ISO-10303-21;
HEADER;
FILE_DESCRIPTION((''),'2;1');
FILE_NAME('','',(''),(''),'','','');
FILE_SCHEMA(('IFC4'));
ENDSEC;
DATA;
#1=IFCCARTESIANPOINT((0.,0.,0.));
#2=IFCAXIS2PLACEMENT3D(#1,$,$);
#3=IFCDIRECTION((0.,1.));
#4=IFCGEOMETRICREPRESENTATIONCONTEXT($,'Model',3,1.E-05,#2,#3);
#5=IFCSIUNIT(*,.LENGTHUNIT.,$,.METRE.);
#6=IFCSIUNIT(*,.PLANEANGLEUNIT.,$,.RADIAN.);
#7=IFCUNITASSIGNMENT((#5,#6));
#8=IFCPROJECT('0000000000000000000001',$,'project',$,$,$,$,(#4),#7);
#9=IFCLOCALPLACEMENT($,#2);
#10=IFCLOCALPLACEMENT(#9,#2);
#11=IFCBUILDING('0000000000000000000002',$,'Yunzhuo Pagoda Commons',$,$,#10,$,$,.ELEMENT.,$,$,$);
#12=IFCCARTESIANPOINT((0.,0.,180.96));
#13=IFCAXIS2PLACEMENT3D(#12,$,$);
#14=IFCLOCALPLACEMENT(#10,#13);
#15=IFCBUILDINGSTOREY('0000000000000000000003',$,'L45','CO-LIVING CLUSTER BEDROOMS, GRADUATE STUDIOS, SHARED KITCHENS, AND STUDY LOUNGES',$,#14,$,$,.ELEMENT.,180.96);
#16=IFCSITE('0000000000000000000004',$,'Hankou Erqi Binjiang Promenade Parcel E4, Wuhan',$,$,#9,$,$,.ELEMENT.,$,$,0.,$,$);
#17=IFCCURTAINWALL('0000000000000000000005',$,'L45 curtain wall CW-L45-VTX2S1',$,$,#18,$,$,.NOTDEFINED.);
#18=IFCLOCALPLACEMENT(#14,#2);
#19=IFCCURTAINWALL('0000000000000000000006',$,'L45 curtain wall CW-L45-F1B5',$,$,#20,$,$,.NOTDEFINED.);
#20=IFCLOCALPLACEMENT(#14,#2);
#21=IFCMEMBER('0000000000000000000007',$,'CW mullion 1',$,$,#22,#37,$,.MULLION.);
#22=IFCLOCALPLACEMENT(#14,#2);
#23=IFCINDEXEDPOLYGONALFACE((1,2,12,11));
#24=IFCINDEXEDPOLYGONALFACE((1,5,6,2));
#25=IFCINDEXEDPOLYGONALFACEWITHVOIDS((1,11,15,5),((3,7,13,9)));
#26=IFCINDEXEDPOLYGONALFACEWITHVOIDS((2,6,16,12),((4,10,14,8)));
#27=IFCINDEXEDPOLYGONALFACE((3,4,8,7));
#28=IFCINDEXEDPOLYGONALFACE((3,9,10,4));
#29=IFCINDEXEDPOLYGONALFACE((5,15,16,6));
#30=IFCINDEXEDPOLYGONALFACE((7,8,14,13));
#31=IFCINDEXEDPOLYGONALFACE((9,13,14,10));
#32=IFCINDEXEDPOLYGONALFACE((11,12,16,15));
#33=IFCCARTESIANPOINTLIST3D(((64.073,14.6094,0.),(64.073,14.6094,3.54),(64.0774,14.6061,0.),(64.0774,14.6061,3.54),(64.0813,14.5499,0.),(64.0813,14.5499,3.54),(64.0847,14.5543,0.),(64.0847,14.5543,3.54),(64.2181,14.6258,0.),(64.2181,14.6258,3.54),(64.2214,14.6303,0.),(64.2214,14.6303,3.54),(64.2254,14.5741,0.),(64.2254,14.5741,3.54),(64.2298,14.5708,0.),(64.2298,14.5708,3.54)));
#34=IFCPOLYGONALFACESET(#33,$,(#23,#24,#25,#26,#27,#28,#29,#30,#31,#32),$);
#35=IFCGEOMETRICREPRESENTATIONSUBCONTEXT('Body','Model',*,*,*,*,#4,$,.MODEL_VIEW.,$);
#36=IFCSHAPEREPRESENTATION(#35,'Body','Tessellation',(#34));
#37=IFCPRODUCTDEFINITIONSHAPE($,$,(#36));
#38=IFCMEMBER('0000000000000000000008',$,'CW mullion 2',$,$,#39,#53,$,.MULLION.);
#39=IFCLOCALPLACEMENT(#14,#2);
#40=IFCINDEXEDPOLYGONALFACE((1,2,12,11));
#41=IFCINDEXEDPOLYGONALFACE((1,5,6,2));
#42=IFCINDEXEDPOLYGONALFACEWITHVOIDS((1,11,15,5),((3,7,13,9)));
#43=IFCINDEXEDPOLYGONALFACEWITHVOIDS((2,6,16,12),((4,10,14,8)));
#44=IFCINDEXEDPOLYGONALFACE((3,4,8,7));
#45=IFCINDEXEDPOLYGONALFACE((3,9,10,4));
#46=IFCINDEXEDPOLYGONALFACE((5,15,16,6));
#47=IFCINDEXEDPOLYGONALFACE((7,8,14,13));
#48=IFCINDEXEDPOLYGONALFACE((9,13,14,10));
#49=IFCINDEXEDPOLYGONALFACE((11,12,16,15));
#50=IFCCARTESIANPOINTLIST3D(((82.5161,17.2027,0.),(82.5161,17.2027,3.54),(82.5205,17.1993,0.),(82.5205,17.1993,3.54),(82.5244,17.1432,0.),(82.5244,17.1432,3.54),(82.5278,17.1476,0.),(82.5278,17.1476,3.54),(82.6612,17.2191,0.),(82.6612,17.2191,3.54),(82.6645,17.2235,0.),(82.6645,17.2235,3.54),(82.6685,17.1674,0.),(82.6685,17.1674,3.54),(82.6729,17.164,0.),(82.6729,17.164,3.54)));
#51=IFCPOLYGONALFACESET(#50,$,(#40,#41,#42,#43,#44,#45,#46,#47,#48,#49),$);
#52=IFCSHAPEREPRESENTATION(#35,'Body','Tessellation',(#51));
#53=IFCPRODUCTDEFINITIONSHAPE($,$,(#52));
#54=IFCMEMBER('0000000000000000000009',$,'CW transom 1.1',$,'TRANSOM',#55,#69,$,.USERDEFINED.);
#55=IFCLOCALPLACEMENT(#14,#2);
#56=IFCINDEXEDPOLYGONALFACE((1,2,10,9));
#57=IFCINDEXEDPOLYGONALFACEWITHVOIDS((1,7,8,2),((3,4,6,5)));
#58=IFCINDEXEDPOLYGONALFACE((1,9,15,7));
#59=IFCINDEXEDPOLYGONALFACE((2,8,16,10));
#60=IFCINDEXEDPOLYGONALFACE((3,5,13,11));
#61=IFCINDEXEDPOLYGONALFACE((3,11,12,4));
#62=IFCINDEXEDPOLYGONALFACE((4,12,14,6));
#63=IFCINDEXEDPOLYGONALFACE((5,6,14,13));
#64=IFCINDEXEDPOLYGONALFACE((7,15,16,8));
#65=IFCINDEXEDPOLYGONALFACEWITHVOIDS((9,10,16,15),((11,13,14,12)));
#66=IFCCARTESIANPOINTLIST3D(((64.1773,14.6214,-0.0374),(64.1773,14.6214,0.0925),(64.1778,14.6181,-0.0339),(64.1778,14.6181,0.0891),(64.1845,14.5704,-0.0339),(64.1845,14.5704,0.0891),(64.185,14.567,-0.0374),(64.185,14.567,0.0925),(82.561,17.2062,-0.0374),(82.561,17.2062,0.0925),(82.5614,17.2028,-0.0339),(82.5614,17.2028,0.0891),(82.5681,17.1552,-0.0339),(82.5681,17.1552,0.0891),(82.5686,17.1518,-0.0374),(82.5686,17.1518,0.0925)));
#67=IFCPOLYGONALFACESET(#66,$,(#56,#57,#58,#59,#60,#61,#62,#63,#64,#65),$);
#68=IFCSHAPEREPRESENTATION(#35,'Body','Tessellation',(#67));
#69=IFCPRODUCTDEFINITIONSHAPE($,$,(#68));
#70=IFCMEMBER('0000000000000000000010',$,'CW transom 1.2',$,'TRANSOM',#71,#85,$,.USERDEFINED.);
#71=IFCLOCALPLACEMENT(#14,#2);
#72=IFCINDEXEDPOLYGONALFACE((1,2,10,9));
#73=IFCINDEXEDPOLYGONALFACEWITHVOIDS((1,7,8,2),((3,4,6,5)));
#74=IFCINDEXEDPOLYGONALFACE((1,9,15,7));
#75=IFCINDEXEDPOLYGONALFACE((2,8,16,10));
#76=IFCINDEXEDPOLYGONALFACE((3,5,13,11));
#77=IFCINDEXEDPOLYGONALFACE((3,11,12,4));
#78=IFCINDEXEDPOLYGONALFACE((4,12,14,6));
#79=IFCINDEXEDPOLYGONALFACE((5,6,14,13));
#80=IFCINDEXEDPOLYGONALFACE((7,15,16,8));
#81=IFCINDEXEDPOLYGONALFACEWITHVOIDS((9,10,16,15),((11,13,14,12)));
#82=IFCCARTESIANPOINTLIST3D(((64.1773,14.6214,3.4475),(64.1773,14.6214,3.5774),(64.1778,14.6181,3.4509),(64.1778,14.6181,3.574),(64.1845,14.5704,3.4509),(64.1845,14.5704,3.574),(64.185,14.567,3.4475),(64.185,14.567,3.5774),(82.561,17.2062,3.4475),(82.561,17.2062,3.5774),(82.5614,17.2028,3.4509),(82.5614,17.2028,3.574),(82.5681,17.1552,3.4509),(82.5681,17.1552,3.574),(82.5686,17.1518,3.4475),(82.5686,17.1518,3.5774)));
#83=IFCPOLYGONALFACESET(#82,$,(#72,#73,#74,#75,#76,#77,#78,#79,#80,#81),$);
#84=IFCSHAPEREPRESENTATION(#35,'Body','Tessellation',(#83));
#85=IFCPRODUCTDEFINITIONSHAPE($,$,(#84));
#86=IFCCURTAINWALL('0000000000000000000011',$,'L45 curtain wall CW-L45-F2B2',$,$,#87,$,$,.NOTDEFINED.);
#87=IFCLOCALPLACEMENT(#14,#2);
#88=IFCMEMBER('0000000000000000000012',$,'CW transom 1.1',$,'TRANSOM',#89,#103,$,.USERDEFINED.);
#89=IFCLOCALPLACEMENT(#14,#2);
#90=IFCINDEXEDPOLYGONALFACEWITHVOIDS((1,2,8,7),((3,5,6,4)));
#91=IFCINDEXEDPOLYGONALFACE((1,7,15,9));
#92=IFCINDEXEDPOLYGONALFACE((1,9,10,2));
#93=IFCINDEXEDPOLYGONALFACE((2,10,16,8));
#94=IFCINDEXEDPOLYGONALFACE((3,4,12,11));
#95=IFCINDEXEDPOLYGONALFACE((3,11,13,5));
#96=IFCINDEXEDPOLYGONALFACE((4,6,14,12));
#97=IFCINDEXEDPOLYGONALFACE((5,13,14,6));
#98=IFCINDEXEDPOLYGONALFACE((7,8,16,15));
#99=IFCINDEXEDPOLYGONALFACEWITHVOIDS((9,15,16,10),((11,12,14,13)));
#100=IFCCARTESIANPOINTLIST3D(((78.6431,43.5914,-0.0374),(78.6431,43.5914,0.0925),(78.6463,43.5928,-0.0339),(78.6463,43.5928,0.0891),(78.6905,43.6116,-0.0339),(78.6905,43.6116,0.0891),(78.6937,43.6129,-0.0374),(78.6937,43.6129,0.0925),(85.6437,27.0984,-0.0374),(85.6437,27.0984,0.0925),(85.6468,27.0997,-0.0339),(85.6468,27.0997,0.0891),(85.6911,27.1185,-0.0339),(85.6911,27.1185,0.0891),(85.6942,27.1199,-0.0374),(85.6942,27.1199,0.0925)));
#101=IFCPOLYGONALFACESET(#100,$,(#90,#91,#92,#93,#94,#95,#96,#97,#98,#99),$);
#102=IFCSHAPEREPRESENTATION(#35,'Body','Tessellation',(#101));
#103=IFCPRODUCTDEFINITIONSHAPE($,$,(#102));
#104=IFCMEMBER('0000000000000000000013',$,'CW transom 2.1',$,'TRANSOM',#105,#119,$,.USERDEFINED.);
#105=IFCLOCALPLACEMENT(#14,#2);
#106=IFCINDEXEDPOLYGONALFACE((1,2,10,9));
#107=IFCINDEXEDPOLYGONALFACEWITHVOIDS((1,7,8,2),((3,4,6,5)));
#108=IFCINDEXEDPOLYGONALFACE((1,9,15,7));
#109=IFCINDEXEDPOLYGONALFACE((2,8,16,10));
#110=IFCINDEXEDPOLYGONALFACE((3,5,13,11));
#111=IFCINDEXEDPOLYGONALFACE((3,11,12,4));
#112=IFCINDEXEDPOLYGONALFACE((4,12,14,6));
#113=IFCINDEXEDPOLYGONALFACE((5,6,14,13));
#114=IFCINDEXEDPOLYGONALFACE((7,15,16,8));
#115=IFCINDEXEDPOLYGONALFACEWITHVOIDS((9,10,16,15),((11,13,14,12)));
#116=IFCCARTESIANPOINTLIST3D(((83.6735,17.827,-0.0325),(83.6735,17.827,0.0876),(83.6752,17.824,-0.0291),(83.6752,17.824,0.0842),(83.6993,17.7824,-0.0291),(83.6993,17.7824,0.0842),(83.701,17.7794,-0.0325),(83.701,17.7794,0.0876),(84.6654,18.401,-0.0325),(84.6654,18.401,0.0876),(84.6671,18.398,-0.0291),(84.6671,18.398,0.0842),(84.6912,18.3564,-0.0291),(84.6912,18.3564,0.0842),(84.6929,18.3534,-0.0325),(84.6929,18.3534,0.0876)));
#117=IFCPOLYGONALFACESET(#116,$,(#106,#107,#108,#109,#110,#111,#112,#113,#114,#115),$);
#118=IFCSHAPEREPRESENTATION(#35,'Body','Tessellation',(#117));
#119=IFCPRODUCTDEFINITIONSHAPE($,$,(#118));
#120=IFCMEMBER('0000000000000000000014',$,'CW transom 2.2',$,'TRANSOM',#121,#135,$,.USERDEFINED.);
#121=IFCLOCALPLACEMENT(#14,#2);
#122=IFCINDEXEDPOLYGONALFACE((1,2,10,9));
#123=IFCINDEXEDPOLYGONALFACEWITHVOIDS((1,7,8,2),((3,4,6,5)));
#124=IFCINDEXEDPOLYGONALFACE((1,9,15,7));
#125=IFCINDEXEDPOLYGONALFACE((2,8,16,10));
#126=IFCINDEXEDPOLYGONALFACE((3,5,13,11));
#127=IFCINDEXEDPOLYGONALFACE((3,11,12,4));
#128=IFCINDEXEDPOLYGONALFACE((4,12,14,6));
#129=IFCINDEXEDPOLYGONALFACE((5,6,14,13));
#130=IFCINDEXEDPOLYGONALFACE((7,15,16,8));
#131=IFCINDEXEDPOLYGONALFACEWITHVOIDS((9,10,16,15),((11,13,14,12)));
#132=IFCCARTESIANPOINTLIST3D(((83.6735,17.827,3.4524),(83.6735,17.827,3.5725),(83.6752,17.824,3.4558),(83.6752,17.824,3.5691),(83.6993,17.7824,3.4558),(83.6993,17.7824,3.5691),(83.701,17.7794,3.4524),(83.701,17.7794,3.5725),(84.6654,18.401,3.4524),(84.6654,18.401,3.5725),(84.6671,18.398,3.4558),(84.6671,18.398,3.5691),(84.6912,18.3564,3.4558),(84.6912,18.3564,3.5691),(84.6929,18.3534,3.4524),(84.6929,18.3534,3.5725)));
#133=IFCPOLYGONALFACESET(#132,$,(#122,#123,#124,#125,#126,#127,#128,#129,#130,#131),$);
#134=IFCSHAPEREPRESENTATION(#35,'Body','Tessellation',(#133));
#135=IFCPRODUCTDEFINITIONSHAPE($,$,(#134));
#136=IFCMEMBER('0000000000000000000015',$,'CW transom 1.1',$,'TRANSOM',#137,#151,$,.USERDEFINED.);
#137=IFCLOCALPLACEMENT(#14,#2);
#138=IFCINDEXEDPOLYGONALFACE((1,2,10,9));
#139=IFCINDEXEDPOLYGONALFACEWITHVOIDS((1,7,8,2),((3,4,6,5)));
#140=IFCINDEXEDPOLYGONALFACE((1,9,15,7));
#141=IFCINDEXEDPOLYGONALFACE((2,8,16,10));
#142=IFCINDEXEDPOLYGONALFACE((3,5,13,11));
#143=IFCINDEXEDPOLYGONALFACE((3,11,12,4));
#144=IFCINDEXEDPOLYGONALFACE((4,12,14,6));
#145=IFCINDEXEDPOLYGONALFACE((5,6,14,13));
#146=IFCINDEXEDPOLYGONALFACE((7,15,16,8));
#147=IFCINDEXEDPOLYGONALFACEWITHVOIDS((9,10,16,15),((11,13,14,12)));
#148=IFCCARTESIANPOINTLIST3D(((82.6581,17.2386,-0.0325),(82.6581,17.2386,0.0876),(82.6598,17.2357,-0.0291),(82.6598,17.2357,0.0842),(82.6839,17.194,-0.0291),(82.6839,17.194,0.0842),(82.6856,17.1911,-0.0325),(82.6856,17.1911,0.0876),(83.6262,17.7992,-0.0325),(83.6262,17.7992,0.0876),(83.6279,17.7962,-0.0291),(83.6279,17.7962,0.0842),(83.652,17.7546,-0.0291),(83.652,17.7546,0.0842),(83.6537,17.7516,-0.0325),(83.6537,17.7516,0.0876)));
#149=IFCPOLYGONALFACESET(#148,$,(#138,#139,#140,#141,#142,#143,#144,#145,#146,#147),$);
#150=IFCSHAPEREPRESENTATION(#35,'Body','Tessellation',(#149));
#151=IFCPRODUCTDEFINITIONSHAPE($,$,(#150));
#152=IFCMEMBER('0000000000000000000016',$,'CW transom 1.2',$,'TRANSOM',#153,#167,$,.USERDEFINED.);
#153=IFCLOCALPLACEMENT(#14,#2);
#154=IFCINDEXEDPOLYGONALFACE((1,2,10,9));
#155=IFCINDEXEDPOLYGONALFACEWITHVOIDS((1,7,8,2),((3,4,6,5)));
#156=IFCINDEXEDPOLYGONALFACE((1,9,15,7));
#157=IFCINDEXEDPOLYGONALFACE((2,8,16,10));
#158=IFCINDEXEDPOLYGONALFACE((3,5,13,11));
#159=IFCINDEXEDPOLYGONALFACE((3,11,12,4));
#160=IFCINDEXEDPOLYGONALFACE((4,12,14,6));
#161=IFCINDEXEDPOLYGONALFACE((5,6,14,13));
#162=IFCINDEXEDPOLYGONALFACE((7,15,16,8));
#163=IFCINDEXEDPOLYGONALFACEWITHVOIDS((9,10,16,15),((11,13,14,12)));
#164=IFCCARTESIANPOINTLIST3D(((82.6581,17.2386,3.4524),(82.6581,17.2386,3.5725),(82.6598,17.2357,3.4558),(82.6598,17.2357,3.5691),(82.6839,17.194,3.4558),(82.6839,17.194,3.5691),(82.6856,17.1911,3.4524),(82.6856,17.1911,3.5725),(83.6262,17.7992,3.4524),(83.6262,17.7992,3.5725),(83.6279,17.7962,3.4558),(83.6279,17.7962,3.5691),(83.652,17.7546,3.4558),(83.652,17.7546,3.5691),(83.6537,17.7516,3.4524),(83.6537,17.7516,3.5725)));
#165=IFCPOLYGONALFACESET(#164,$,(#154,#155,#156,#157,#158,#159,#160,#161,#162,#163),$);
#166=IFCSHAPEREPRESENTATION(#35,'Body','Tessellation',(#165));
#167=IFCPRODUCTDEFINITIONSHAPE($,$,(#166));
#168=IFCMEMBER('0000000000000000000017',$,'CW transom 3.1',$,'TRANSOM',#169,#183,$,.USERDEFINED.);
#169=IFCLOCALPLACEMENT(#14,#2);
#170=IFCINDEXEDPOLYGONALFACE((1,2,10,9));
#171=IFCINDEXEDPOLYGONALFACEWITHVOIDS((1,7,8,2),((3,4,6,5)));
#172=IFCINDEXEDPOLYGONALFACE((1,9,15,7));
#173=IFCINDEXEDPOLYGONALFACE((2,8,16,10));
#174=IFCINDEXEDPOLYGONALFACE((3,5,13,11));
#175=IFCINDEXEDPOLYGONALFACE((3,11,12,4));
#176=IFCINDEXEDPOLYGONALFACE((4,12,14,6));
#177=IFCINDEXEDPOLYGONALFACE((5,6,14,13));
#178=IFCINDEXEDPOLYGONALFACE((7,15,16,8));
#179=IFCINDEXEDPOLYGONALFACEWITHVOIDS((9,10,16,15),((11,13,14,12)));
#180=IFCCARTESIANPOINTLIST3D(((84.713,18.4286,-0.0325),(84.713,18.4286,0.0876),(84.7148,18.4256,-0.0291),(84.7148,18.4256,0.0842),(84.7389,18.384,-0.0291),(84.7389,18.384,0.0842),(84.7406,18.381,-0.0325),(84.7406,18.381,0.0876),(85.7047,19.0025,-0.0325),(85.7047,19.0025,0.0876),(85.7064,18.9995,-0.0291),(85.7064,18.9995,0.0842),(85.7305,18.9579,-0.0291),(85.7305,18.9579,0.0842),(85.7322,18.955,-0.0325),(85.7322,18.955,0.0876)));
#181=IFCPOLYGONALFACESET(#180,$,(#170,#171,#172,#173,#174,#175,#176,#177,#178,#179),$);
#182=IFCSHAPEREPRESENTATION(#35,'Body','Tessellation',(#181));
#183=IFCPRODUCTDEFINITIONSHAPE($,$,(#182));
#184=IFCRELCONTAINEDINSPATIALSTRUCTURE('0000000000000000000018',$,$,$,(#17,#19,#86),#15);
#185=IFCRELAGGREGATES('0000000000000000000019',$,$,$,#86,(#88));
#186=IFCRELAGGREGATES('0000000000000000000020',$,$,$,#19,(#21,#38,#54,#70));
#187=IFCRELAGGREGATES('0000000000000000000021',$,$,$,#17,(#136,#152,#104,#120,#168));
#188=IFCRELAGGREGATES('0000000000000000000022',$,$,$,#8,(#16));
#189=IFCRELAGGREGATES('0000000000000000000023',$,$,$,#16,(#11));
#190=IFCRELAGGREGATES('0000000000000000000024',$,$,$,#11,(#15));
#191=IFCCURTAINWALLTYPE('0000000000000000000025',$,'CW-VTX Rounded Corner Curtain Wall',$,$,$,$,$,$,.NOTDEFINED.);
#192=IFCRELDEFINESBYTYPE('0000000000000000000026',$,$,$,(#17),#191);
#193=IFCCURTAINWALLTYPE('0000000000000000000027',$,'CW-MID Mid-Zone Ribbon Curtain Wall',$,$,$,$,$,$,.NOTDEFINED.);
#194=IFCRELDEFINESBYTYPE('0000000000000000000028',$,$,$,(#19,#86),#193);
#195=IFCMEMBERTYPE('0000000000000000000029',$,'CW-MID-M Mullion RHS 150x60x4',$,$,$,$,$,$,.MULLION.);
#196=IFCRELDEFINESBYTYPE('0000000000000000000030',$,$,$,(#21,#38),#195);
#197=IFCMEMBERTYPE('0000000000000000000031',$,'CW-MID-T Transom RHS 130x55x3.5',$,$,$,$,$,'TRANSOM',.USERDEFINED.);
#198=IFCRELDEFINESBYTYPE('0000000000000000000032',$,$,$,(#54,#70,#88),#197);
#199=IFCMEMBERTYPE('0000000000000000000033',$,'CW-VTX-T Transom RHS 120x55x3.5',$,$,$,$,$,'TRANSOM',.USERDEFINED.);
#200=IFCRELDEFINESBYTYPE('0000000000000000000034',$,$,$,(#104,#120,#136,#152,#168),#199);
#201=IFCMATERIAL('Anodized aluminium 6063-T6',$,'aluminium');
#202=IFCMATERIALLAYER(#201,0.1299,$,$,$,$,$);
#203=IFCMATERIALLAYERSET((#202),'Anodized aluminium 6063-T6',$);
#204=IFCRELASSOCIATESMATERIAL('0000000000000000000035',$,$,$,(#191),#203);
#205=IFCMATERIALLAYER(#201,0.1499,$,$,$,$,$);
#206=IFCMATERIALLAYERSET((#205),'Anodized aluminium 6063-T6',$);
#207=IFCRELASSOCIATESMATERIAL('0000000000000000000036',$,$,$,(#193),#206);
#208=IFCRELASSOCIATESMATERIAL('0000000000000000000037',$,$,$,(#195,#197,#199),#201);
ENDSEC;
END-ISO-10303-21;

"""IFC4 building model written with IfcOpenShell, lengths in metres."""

from ifc_helpers import new_model, si_unit, direction, frame, origin, origin_2d, place, context, subcontext, project, spatial, hollow_rectangle, extrude, source, transform, mapped, material, layer, layer_set, material_profile, profile_set, type_object, element, aggregate, save


model = new_model("IFC4")

# Units and contexts
model_context = context("Model", 3, precision=1e-05, world=origin(), true_north=direction((0.0, 1.0)))
body_context = subcontext(model_context, "Body", "Model", "MODEL_VIEW")
ifc_project = project(units=[si_unit("LENGTHUNIT", "METRE"), si_unit("PLANEANGLEUNIT", "RADIAN")], contexts=[model_context])

# Site, building, storey
site_placement = place(None, origin())
site = spatial("IfcSite", under=ifc_project, at=site_placement, Name="Hankou Erqi Binjiang Promenade Parcel E4, Wuhan", CompositionType="ELEMENT", RefElevation=0.0)
building_placement = place(site_placement, origin())
building = spatial("IfcBuilding", under=site, at=building_placement, Name="Yunzhuo Pagoda Commons", CompositionType="ELEMENT")
storey_placement = place(building_placement, frame((0.0, 0.0, 180.96)))
storey = spatial("IfcBuildingStorey", under=building, at=storey_placement, Name="L45", Description="CO-LIVING CLUSTER BEDROOMS, GRADUATE STUDIOS, SHARED KITCHENS, AND STUDY LOUNGES", CompositionType="ELEMENT", Elevation=180.96)

# Curtain wall
ifc_material_1 = material(Name="Anodized aluminium 6063-T6", Category="aluminium")
ifc_layer_1 = layer(ifc_material_1, 0.1299)
ifc_layer_set_1 = layer_set([ifc_layer_1], Name="Anodized aluminium 6063-T6")
curtain_wall_type_1 = type_object("IfcCurtainWallType", Name="CW-VTX Rounded Corner Curtain Wall", PredefinedType="NOTDEFINED", material=ifc_layer_set_1)
curtain_wall_1_placement = place(storey_placement, origin())
curtain_wall_1 = element("IfcCurtainWall", 1, at=curtain_wall_1_placement, inside=storey, type_object=curtain_wall_type_1, Name="L45 curtain wall CW-L45-VTX2S1", PredefinedType="NOTDEFINED")

# Shared definitions
ifc_layer_2 = layer(ifc_material_1, 0.1499)
ifc_layer_set_2 = layer_set([ifc_layer_2], Name="Anodized aluminium 6063-T6")
curtain_wall_type_2 = type_object("IfcCurtainWallType", Name="CW-MID Mid-Zone Ribbon Curtain Wall", PredefinedType="NOTDEFINED", material=ifc_layer_set_2)
ifc_material_profile_1 = material_profile(ifc_material_1, hollow_rectangle(XDim=0.0601, YDim=0.1499, WallThickness=0.0039, at=origin_2d()), Name="Anodized aluminium 6063-T6")
ifc_profile_set_1 = profile_set([ifc_material_profile_1], Name="Anodized aluminium 6063-T6")
member_type_1 = type_object("IfcMemberType", Name="CW-MID-M Mullion RHS 150x60x4", PredefinedType="MULLION", material=ifc_profile_set_1)
shared_shape_1 = source(origin(), body_context, "Body", "SweptSolid", [
    extrude(hollow_rectangle(XDim=0.0601, YDim=0.1499, WallThickness=0.0039, at=origin_2d()), origin(), (0.0, 0.0, 1.0), 3.54),
])

# Curtain wall, members
curtain_wall_2_placement = place(storey_placement, origin())
curtain_wall_2 = element("IfcCurtainWall", 2, at=curtain_wall_2_placement, inside=storey, type_object=curtain_wall_type_2, Name="L45 curtain wall CW-L45-F1B5", PredefinedType="NOTDEFINED")
member_1_placement = place(storey_placement, frame((64.1514, 14.5901, 0.0), z_axis=(0.0, 0.0, 1.0), x_axis=(-0.139233, 0.99026, 0.0)))
member_1 = element("IfcMember", 3, at=member_1_placement, type_object=member_type_1, Name="CW mullion 1", PredefinedType="MULLION", context=body_context, shape_type="MappedRepresentation", body=[
    mapped(shared_shape_1, transform((0.0, 0.0, 0.0), scale=1.0)),
])
member_2_placement = place(storey_placement, frame((82.5945, 17.1833, 0.0), z_axis=(0.0, 0.0, 1.0), x_axis=(-0.139233, 0.99026, 0.0)))
member_2 = element("IfcMember", 4, at=member_2_placement, type_object=member_type_1, Name="CW mullion 2", PredefinedType="MULLION", context=body_context, shape_type="MappedRepresentation", body=[
    mapped(shared_shape_1, transform((0.0, 0.0, 0.0), scale=1.0)),
])
ifc_material_profile_2 = material_profile(ifc_material_1, hollow_rectangle(XDim=0.0549, YDim=0.1299, WallThickness=0.0034, at=origin_2d()), Name="Anodized aluminium 6063-T6")
ifc_profile_set_2 = profile_set([ifc_material_profile_2], Name="Anodized aluminium 6063-T6")
member_type_2 = type_object("IfcMemberType", Name="CW-MID-T Transom RHS 130x55x3.5", ElementType="TRANSOM", PredefinedType="USERDEFINED", material=ifc_profile_set_2)
shared_shape_2 = source(origin(), body_context, "Body", "SweptSolid", [
    extrude(hollow_rectangle(XDim=0.0549, YDim=0.1299, WallThickness=0.0034, at=origin_2d()), origin(), (0.0, 0.0, 1.0), 18.5645),
])
member_3_placement = place(storey_placement, frame((64.1812, 14.5942, 0.0276), z_axis=(0.99026, 0.13923, 0.0), x_axis=(-0.13923, 0.99026, 0.0)))
member_3 = element("IfcMember", 5, at=member_3_placement, type_object=member_type_2, Name="CW transom 1.1", ObjectType="TRANSOM", PredefinedType="USERDEFINED", context=body_context, shape_type="MappedRepresentation", body=[
    mapped(shared_shape_2, transform((0.0, 0.0, 0.0), scale=1.0)),
])
member_4_placement = place(storey_placement, frame((64.1812, 14.5942, 3.5125), z_axis=(0.99026, 0.13923, 0.0), x_axis=(-0.13923, 0.99026, 0.0)))
member_4 = element("IfcMember", 6, at=member_4_placement, type_object=member_type_2, Name="CW transom 1.2", ObjectType="TRANSOM", PredefinedType="USERDEFINED", context=body_context, shape_type="MappedRepresentation", body=[
    mapped(shared_shape_2, transform((0.0, 0.0, 0.0), scale=1.0)),
])

# Curtain wall, member
curtain_wall_3_placement = place(storey_placement, origin())
curtain_wall_3 = element("IfcCurtainWall", 7, at=curtain_wall_3_placement, inside=storey, type_object=curtain_wall_type_2, Name="L45 curtain wall CW-L45-F2B2", PredefinedType="NOTDEFINED")
shared_shape_3 = source(origin(), body_context, "Body", "SweptSolid", [
    extrude(hollow_rectangle(XDim=0.0549, YDim=0.1299, WallThickness=0.0034, at=origin_2d()), origin(), (0.0, 0.0, 1.0), 17.9172),
])
member_5_placement = place(storey_placement, frame((85.6689, 27.1091, 0.0276), z_axis=(-0.390715, 0.920512, 0.0), x_axis=(-0.920512, -0.390715, 0.0)))
member_5 = element("IfcMember", 8, at=member_5_placement, type_object=member_type_2, Name="CW transom 1.1", ObjectType="TRANSOM", PredefinedType="USERDEFINED", context=body_context, shape_type="MappedRepresentation", body=[
    mapped(shared_shape_3, transform((0.0, 0.0, 0.0), scale=1.0)),
])
aggregate(curtain_wall_3, [member_5])

# Members
ifc_material_profile_3 = material_profile(ifc_material_1, hollow_rectangle(XDim=0.0549, YDim=0.1201, WallThickness=0.0034, at=origin_2d()), Name="Anodized aluminium 6063-T6")
ifc_profile_set_3 = profile_set([ifc_material_profile_3], Name="Anodized aluminium 6063-T6")
member_type_3 = type_object("IfcMemberType", Name="CW-VTX-T Transom RHS 120x55x3.5", ElementType="TRANSOM", PredefinedType="USERDEFINED", material=ifc_profile_set_3)
shared_shape_4 = source(origin(), body_context, "Body", "SweptSolid", [
    extrude(hollow_rectangle(XDim=0.0549, YDim=0.1201, WallThickness=0.0034, at=origin_2d()), origin(), (0.0, 0.0, 1.0), 1.146),
])
member_6_placement = place(storey_placement, frame((83.6873, 17.8032, 0.0276), z_axis=(0.865543, 0.500835, 0.0), x_axis=(-0.500835, 0.865543, 0.0)))
member_6 = element("IfcMember", 9, at=member_6_placement, type_object=member_type_3, Name="CW transom 2.1", ObjectType="TRANSOM", PredefinedType="USERDEFINED", context=body_context, shape_type="MappedRepresentation", body=[
    mapped(shared_shape_4, transform((0.0, 0.0, 0.0), scale=1.0)),
])
member_7_placement = place(storey_placement, frame((83.6873, 17.8032, 3.5125), z_axis=(0.865543, 0.500835, 0.0), x_axis=(-0.500835, 0.865543, 0.0)))
member_7 = element("IfcMember", 10, at=member_7_placement, type_object=member_type_3, Name="CW transom 2.2", ObjectType="TRANSOM", PredefinedType="USERDEFINED", context=body_context, shape_type="MappedRepresentation", body=[
    mapped(shared_shape_4, transform((0.0, 0.0, 0.0), scale=1.0)),
])
shared_shape_5 = source(origin(), body_context, "Body", "SweptSolid", [
    extrude(hollow_rectangle(XDim=0.0549, YDim=0.1201, WallThickness=0.0034, at=origin_2d()), origin(), (0.0, 0.0, 1.0), 1.1187),
])
member_8_placement = place(storey_placement, frame((82.6719, 17.2148, 0.0276), z_axis=(0.865381, 0.501114, 0.0), x_axis=(-0.501114, 0.865381, 0.0)))
member_8 = element("IfcMember", 11, at=member_8_placement, type_object=member_type_3, Name="CW transom 1.1", ObjectType="TRANSOM", PredefinedType="USERDEFINED", context=body_context, shape_type="MappedRepresentation", body=[
    mapped(shared_shape_5, transform((0.0, 0.0, 0.0), scale=1.0)),
])
member_9_placement = place(storey_placement, frame((82.6719, 17.2148, 3.5125), z_axis=(0.865381, 0.501114, 0.0), x_axis=(-0.501114, 0.865381, 0.0)))
member_9 = element("IfcMember", 12, at=member_9_placement, type_object=member_type_3, Name="CW transom 1.2", ObjectType="TRANSOM", PredefinedType="USERDEFINED", context=body_context, shape_type="MappedRepresentation", body=[
    mapped(shared_shape_5, transform((0.0, 0.0, 0.0), scale=1.0)),
])
shared_shape_6 = source(origin(), body_context, "Body", "SweptSolid", [
    extrude(hollow_rectangle(XDim=0.0549, YDim=0.1201, WallThickness=0.0034, at=origin_2d()), origin(), (0.0, 0.0, 1.0), 1.1458),
])
member_10_placement = place(storey_placement, frame((84.7268, 18.4048, 0.0276), z_axis=(0.865489, 0.500927, 0.0), x_axis=(-0.500927, 0.865489, 0.0)))
member_10 = element("IfcMember", 13, at=member_10_placement, type_object=member_type_3, Name="CW transom 3.1", ObjectType="TRANSOM", PredefinedType="USERDEFINED", context=body_context, shape_type="MappedRepresentation", body=[
    mapped(shared_shape_6, transform((0.0, 0.0, 0.0), scale=1.0)),
])

aggregate(curtain_wall_2, [member_1, member_2, member_3, member_4])
aggregate(curtain_wall_1, [member_8, member_9, member_6, member_7, member_10])

save(model, "model.ifc")
